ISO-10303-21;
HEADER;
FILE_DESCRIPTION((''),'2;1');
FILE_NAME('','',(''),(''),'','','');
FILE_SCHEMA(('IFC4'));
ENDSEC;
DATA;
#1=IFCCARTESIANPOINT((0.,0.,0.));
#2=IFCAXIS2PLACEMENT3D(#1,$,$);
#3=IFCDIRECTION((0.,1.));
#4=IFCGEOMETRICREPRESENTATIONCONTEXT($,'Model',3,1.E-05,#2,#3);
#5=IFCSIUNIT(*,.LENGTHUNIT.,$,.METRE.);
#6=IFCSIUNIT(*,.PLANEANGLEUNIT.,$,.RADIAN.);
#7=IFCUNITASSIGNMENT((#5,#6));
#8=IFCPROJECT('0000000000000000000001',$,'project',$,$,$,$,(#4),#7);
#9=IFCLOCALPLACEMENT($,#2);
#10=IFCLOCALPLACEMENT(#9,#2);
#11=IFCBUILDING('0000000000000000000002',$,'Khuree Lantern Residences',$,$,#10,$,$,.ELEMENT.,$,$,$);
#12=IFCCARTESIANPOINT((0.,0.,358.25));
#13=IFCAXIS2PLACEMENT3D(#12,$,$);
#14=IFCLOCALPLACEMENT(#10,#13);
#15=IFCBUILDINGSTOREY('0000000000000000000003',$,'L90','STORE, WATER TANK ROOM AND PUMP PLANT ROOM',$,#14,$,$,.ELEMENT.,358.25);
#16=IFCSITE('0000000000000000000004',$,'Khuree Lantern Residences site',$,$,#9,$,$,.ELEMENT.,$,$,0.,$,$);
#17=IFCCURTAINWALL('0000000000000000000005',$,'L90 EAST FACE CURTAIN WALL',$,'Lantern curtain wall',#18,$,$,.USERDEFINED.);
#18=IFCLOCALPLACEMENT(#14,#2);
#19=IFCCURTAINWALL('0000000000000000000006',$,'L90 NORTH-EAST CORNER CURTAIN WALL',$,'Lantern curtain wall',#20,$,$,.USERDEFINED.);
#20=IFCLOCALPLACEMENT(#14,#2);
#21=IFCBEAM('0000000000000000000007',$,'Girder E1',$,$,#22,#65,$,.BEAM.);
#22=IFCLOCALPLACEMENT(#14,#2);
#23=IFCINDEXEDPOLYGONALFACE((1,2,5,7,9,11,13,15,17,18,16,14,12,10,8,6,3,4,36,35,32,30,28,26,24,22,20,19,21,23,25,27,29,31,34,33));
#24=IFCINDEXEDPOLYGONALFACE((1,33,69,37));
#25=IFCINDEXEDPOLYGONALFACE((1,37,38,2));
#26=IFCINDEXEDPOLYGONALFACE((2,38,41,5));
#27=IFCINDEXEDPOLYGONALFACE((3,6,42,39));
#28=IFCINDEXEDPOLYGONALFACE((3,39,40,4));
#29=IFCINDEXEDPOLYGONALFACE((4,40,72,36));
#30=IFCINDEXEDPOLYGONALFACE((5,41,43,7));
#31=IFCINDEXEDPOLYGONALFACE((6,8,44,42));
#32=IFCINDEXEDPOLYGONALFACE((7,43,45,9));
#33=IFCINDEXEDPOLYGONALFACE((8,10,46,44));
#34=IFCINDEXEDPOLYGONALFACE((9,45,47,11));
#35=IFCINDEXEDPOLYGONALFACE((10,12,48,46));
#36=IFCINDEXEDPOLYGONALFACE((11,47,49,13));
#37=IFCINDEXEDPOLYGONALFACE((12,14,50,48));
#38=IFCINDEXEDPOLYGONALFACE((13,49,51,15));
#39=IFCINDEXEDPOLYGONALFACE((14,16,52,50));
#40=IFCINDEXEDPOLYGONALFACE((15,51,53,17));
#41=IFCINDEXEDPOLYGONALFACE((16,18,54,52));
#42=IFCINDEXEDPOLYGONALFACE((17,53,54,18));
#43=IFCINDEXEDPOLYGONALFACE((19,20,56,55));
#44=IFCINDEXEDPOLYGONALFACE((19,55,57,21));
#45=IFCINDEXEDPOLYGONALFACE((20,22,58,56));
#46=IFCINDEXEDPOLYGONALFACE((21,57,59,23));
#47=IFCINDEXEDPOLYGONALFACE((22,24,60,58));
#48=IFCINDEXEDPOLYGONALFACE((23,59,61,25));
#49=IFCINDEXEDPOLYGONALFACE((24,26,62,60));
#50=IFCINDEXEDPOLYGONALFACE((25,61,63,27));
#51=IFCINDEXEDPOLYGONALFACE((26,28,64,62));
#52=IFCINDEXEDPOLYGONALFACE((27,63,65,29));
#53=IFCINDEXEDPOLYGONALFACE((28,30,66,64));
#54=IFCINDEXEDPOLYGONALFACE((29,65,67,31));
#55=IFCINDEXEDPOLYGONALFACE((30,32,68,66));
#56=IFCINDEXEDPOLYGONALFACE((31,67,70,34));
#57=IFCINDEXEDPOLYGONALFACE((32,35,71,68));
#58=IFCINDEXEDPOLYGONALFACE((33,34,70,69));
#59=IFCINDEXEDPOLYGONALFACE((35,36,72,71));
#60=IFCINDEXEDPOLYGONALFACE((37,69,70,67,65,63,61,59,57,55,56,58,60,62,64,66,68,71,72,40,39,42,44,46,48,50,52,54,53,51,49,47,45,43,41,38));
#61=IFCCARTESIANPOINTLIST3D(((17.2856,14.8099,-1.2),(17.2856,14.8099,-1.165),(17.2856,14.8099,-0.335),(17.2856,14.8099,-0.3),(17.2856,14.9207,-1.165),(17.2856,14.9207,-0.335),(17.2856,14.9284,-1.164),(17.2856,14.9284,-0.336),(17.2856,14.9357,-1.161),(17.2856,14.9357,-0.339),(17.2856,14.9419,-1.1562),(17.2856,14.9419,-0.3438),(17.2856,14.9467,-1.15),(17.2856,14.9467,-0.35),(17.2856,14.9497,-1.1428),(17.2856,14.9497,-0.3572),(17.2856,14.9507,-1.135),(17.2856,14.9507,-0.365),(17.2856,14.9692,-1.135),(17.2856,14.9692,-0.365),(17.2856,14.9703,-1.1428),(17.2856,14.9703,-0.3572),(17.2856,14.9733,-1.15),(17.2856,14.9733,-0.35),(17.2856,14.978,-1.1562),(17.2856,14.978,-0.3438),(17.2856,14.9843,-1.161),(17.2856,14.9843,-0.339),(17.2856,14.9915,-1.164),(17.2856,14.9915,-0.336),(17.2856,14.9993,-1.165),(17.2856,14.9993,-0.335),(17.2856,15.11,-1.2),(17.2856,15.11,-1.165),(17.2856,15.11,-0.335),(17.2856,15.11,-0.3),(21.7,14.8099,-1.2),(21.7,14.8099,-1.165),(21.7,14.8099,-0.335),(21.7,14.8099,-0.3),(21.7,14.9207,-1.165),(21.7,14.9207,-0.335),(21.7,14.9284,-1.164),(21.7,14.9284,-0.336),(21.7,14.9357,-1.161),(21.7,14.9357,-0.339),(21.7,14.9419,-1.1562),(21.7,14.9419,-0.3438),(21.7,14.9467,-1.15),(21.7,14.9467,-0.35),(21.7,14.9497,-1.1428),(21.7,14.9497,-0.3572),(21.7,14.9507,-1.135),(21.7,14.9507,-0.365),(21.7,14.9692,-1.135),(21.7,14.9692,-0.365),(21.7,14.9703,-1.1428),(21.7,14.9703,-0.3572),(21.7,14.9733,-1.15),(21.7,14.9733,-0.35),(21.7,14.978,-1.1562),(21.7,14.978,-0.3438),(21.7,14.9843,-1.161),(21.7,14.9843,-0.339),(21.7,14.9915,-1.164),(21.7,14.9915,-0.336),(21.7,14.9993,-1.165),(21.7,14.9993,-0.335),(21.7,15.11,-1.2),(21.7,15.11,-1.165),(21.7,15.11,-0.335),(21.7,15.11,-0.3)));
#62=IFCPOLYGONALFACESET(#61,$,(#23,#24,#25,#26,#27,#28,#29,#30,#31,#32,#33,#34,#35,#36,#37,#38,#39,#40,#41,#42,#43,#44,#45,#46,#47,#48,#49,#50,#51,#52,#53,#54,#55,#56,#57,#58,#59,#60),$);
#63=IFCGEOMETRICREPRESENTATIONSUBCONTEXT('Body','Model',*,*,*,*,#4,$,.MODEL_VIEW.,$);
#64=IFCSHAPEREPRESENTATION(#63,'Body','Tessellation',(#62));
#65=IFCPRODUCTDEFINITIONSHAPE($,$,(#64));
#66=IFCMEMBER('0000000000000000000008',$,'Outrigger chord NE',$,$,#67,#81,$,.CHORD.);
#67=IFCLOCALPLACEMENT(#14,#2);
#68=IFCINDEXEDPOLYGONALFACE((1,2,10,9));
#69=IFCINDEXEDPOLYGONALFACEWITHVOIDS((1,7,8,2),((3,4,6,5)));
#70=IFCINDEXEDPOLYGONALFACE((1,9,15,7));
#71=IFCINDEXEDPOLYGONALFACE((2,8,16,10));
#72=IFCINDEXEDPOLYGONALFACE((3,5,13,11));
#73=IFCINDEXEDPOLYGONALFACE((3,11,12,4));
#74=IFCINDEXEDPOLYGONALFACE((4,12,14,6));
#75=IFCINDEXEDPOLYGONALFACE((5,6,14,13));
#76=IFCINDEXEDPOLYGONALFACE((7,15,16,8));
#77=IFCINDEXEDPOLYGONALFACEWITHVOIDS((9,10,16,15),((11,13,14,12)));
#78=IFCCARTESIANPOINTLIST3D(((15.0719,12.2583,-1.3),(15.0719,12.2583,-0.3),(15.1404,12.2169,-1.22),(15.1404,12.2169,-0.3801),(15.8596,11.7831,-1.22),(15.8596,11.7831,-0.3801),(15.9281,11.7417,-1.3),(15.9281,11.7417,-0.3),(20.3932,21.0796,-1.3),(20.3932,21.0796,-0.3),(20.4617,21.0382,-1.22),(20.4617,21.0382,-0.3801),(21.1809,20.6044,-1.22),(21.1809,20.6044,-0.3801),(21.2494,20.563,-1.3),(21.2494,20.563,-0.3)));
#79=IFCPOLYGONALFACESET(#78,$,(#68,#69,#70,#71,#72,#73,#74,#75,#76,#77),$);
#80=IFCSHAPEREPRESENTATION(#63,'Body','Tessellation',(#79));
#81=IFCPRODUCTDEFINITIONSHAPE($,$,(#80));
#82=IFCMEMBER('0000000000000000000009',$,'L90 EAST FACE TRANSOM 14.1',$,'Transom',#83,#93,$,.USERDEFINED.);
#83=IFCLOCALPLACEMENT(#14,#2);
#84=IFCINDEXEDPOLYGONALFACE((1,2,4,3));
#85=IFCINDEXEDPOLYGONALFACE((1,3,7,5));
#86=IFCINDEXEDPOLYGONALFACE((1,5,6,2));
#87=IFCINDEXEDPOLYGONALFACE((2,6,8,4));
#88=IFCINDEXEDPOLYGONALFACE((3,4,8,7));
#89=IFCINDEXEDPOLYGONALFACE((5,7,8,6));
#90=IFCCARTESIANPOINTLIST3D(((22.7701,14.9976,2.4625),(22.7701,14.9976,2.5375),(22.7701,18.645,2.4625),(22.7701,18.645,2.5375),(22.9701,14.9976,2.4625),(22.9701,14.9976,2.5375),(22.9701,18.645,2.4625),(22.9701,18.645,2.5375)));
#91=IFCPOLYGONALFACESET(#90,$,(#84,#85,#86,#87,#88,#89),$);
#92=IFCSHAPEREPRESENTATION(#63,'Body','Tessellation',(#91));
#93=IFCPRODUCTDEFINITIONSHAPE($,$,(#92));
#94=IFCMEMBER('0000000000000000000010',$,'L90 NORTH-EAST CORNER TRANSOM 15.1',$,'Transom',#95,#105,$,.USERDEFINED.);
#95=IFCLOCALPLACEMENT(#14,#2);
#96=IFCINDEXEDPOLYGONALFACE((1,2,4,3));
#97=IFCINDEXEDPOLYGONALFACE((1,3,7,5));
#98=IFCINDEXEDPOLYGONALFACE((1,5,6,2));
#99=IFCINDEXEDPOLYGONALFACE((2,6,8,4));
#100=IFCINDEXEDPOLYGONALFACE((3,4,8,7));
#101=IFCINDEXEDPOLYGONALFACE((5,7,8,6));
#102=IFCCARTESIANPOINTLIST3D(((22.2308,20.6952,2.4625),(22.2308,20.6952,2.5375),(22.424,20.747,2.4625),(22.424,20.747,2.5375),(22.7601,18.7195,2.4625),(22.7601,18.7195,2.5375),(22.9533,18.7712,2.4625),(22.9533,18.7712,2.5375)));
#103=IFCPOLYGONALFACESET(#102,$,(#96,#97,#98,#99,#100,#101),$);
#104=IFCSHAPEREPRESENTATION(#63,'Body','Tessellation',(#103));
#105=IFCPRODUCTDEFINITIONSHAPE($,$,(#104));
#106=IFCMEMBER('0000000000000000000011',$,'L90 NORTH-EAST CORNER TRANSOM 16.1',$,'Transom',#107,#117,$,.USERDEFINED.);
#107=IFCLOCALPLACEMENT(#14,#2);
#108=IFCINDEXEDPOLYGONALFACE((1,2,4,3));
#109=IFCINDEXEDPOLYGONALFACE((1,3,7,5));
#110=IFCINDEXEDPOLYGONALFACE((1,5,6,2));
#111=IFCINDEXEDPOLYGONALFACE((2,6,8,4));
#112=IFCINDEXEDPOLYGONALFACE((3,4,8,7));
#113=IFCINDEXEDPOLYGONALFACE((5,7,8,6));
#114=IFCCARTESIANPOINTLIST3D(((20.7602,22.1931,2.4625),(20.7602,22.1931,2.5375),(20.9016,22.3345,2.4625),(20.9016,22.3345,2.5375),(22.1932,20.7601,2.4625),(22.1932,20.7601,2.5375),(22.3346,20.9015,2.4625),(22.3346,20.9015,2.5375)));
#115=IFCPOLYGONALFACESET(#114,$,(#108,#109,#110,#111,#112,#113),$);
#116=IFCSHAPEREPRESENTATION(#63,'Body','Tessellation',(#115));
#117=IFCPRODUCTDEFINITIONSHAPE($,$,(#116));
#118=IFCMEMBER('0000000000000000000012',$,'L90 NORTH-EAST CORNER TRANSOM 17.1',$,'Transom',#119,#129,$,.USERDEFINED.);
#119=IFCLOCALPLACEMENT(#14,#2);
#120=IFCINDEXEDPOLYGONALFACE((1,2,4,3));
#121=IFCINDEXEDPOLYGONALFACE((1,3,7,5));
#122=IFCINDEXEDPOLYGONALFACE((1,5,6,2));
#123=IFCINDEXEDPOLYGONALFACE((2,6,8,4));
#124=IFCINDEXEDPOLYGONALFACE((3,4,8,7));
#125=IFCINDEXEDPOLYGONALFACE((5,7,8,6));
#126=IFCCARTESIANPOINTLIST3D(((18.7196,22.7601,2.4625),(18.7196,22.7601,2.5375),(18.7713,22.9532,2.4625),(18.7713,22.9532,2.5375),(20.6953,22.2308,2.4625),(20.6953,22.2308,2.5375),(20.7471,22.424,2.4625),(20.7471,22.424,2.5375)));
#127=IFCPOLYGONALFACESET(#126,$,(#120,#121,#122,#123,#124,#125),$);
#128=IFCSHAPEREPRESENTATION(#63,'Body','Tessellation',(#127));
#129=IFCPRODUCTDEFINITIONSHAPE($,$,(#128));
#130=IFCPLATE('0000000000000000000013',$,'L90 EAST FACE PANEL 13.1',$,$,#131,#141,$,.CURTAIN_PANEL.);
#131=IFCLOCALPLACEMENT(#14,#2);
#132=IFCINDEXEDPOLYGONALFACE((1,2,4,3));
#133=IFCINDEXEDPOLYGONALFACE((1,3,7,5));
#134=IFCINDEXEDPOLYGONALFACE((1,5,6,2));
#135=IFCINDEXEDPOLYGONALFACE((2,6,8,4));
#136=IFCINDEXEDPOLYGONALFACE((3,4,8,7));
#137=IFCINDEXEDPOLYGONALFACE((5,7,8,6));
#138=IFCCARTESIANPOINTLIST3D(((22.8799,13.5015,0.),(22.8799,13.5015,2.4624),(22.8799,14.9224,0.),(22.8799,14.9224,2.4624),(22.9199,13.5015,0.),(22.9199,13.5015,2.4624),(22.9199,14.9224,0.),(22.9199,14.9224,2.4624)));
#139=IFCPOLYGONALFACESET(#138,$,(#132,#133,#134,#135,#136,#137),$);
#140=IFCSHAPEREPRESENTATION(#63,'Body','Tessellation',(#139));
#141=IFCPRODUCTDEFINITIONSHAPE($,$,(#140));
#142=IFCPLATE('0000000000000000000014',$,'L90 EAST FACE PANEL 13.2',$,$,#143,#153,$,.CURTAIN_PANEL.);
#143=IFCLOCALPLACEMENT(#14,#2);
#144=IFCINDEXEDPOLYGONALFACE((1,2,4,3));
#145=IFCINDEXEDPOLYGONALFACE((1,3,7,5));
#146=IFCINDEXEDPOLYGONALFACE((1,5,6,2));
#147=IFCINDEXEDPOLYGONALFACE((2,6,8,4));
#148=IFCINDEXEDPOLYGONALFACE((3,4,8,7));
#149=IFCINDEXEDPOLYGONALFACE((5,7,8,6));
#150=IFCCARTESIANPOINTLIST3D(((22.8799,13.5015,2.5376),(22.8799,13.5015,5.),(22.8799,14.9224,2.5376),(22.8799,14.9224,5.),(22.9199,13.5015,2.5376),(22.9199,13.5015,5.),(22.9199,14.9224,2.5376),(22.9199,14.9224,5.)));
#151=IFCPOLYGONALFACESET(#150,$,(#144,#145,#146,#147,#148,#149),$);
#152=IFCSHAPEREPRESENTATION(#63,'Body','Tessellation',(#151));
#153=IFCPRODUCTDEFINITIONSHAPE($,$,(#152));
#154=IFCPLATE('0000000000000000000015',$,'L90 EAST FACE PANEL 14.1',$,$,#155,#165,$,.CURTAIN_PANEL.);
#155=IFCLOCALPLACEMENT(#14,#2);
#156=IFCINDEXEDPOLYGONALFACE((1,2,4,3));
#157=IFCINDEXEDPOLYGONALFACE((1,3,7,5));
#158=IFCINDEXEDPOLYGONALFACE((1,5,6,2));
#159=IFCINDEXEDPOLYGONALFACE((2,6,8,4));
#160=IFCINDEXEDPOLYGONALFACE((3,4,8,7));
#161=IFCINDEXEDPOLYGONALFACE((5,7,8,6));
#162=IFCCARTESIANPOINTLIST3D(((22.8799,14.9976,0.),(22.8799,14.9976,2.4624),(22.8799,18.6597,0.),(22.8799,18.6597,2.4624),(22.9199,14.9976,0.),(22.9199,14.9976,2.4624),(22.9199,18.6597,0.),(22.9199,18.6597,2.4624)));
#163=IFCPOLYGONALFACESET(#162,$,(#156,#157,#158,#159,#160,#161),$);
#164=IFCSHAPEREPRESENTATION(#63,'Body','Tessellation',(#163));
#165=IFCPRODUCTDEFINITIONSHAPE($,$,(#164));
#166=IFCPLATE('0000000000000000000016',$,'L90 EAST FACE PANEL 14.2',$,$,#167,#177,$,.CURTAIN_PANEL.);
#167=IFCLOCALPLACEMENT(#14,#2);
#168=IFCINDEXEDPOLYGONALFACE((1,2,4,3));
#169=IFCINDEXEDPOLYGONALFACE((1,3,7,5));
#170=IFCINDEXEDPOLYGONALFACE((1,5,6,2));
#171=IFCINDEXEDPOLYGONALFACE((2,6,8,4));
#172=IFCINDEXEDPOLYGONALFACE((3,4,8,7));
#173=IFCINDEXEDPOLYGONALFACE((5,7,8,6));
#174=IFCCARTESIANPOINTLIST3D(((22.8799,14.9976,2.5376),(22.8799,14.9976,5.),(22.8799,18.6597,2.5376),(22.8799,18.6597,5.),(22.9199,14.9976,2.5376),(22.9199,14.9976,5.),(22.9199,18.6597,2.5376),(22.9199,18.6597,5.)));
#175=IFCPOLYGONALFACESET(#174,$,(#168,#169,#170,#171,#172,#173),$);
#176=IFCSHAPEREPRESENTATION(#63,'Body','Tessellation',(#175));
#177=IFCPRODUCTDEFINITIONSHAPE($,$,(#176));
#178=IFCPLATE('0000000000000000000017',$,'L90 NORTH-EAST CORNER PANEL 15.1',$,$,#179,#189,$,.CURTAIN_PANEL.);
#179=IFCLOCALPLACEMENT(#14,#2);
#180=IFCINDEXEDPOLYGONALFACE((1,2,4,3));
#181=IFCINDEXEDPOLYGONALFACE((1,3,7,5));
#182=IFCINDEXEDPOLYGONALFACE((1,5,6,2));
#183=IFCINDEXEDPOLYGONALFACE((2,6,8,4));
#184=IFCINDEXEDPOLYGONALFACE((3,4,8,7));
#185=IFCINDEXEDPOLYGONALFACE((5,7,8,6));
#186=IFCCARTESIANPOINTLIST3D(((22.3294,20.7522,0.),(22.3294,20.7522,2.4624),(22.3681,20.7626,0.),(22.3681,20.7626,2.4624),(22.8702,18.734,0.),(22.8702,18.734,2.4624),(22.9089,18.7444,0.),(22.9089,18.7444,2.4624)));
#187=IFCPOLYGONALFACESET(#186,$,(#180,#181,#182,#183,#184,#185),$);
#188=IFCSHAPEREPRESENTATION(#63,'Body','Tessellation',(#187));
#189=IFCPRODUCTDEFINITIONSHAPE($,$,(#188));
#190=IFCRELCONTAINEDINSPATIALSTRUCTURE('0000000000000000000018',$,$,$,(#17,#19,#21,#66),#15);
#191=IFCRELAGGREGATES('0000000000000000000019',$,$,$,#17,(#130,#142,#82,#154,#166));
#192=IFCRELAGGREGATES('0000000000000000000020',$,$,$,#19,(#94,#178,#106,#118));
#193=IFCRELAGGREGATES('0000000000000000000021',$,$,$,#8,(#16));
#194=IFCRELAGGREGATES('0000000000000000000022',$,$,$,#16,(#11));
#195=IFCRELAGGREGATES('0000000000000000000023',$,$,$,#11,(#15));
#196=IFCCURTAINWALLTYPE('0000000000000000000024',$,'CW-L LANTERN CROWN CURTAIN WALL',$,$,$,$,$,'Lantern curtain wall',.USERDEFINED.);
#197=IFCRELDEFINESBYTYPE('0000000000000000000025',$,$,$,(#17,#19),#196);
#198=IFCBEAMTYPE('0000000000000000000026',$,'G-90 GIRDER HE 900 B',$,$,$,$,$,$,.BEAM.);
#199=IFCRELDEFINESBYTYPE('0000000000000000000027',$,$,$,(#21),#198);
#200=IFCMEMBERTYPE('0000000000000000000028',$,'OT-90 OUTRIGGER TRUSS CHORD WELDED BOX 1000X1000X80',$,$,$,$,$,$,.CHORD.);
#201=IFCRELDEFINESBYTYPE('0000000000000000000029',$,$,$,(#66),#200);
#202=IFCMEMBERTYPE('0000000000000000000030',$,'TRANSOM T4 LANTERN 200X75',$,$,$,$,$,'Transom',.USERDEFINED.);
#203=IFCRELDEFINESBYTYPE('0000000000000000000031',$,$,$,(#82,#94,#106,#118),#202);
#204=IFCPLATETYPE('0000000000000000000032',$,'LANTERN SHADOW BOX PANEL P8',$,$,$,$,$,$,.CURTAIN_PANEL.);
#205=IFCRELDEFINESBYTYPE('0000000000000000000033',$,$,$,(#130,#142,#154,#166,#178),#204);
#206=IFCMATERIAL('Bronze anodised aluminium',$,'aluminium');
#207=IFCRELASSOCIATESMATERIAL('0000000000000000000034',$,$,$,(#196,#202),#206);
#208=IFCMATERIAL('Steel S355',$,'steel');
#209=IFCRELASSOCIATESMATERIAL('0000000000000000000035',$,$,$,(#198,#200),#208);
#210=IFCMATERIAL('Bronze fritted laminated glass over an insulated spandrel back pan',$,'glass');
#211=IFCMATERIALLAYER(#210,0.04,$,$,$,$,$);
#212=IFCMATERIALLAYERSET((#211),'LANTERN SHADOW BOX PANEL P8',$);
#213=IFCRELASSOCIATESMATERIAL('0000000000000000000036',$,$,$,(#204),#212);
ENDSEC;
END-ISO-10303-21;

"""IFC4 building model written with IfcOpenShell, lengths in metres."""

from ifc_helpers import new_model, si_unit, direction, frame, origin, origin_2d, place, context, subcontext, project, spatial, rectangle, hollow_rectangle, i_section, extrude, material, layer, layer_set, material_profile, profile_set, type_object, element, aggregate, save


model = new_model("IFC4")

# Units and contexts
model_context = context("Model", 3, precision=1e-05, world=origin(), true_north=direction((0.0, 1.0)))
body_context = subcontext(model_context, "Body", "Model", "MODEL_VIEW")
ifc_project = project(units=[si_unit("LENGTHUNIT", "METRE"), si_unit("PLANEANGLEUNIT", "RADIAN")], contexts=[model_context])

# Site, building, storey
site_placement = place(None, origin())
site = spatial("IfcSite", under=ifc_project, at=site_placement, Name="Khuree Lantern Residences site", CompositionType="ELEMENT", RefElevation=0.0)
building_placement = place(site_placement, origin())
building = spatial("IfcBuilding", under=site, at=building_placement, Name="Khuree Lantern Residences", CompositionType="ELEMENT")
storey_placement = place(building_placement, frame((0.0, 0.0, 358.25)))
storey = spatial("IfcBuildingStorey", under=building, at=storey_placement, Name="L90", Description="STORE, WATER TANK ROOM AND PUMP PLANT ROOM", CompositionType="ELEMENT", Elevation=358.25)

# Shared definitions
ifc_material_1 = material(Name="Steel S355", Category="steel")

# Curtain wall
ifc_material_2 = material(Name="Bronze anodised aluminium", Category="aluminium")
curtain_wall_type = type_object("IfcCurtainWallType", Name="CW-L LANTERN CROWN CURTAIN WALL", ElementType="Lantern curtain wall", PredefinedType="USERDEFINED", material=ifc_material_2)
curtain_wall_1_placement = place(storey_placement, origin())
curtain_wall_1 = element("IfcCurtainWall", 1, at=curtain_wall_1_placement, inside=storey, type_object=curtain_wall_type, Name="L90 EAST FACE CURTAIN WALL", ObjectType="Lantern curtain wall", PredefinedType="USERDEFINED")

# Curtain wall
curtain_wall_2_placement = place(storey_placement, origin())
curtain_wall_2 = element("IfcCurtainWall", 2, at=curtain_wall_2_placement, inside=storey, type_object=curtain_wall_type, Name="L90 NORTH-EAST CORNER CURTAIN WALL", ObjectType="Lantern curtain wall", PredefinedType="USERDEFINED")

# Beam
ifc_material_profile_1 = material_profile(ifc_material_1, i_section(OverallWidth=0.3, OverallDepth=0.8999, WebThickness=0.0186, FlangeThickness=0.0349, FilletRadius=0.03, at=origin_2d()), Name="HE 900 B")
ifc_profile_set_1 = profile_set([ifc_material_profile_1], Name="Steel S355")
beam_type_1 = type_object("IfcBeamType", Name="G-90 GIRDER HE 900 B", PredefinedType="BEAM", material=ifc_profile_set_1)
beam_1_placement = place(storey_placement, frame((21.7, 14.96, -0.75), z_axis=(-1.0, 0.0, 0.0), x_axis=(0.0, -1.0, 0.0)))
element("IfcBeam", 3, at=beam_1_placement, inside=storey, type_object=beam_type_1, Name="Girder E1", PredefinedType="BEAM", context=body_context, shape_type="SweptSolid", body=[
    extrude(i_section(OverallWidth=0.3, OverallDepth=0.8999, WebThickness=0.0186, FlangeThickness=0.0349, FilletRadius=0.03, at=origin_2d()), origin(), (0.0, 0.0, 1.0), 4.4143),
])

# Members
ifc_material_profile_2 = material_profile(ifc_material_1, hollow_rectangle(XDim=1.0, YDim=1.0, WallThickness=0.0801, at=origin_2d()), Name="WELDED BOX 1000X1000X80")
ifc_profile_set_2 = profile_set([ifc_material_profile_2], Name="Steel S355")
member_type_1 = type_object("IfcMemberType", Name="OT-90 OUTRIGGER TRUSS CHORD WELDED BOX 1000X1000X80", PredefinedType="CHORD", material=ifc_profile_set_2)
member_1_placement = place(storey_placement, frame((20.8213, 20.8213, -0.8), z_axis=(-0.51653, -0.856269, 0.0), x_axis=(0.856269, -0.51653, 0.0)))
element("IfcMember", 4, at=member_1_placement, inside=storey, type_object=member_type_1, Name="Outrigger chord NE", PredefinedType="CHORD", context=body_context, shape_type="SweptSolid", body=[
    extrude(hollow_rectangle(XDim=1.0, YDim=1.0, WallThickness=0.0801, at=origin_2d()), origin(), (0.0, 0.0, 1.0), 10.302),
])
ifc_material_profile_3 = material_profile(ifc_material_2, rectangle(XDim=0.2, YDim=0.075, at=origin_2d()), Name="T4 200X75")
ifc_profile_set_3 = profile_set([ifc_material_profile_3], Name="Bronze anodised aluminium")
member_type_2 = type_object("IfcMemberType", Name="TRANSOM T4 LANTERN 200X75", ElementType="Transom", PredefinedType="USERDEFINED", material=ifc_profile_set_3)
member_2_placement = place(storey_placement, frame((22.8701, 14.9976, 2.5), z_axis=(0.0, 1.0, 0.0), x_axis=(-1.0, 0.0, 0.0)))
member_2 = element("IfcMember", 5, at=member_2_placement, type_object=member_type_2, Name="L90 EAST FACE TRANSOM 14.1", ObjectType="Transom", PredefinedType="USERDEFINED", context=body_context, shape_type="SweptSolid", body=[
    extrude(rectangle(XDim=0.2, YDim=0.075, at=origin_2d()), origin(), (0.0, 0.0, 1.0), 3.6475),
])
member_3_placement = place(storey_placement, frame((22.8567, 18.7454, 2.5), z_axis=(-0.258762, 0.965941, 0.0), x_axis=(-0.965941, -0.258762, 0.0)))
member_3 = element("IfcMember", 6, at=member_3_placement, type_object=member_type_2, Name="L90 NORTH-EAST CORNER TRANSOM 15.1", ObjectType="Transom", PredefinedType="USERDEFINED", context=body_context, shape_type="SweptSolid", body=[
    extrude(rectangle(XDim=0.2, YDim=0.075, at=origin_2d()), origin(), (0.0, 0.0, 1.0), 2.0454),
])
member_4_placement = place(storey_placement, frame((22.2639, 20.8308, 2.5), z_axis=(-0.707107, 0.707107, 0.0), x_axis=(-0.707107, -0.707107, 0.0)))
member_4 = element("IfcMember", 7, at=member_4_placement, type_object=member_type_2, Name="L90 NORTH-EAST CORNER TRANSOM 16.1", ObjectType="Transom", PredefinedType="USERDEFINED", context=body_context, shape_type="SweptSolid", body=[
    extrude(rectangle(XDim=0.2, YDim=0.075, at=origin_2d()), origin(), (0.0, 0.0, 1.0), 2.0266),
])
member_5_placement = place(storey_placement, frame((20.7212, 22.3274, 2.5), z_axis=(-0.965941, 0.258762, 0.0), x_axis=(-0.258762, -0.965941, 0.0)))
member_5 = element("IfcMember", 8, at=member_5_placement, type_object=member_type_2, Name="L90 NORTH-EAST CORNER TRANSOM 17.1", ObjectType="Transom", PredefinedType="USERDEFINED", context=body_context, shape_type="SweptSolid", body=[
    extrude(rectangle(XDim=0.2, YDim=0.075, at=origin_2d()), origin(), (0.0, 0.0, 1.0), 2.0454),
])

# Plates
ifc_material_3 = material(Name="Bronze fritted laminated glass over an insulated spandrel back pan", Category="glass")
ifc_layer = layer(ifc_material_3, 0.04)
ifc_layer_set = layer_set([ifc_layer], Name="LANTERN SHADOW BOX PANEL P8")
plate_type = type_object("IfcPlateType", Name="LANTERN SHADOW BOX PANEL P8", PredefinedType="CURTAIN_PANEL", material=ifc_layer_set)
plate_1_placement = place(storey_placement, frame((22.8999, 14.2119, 0.0), z_axis=(0.0, 0.0, 1.0), x_axis=(0.0, 1.0, 0.0)))
plate_1 = element("IfcPlate", 9, at=plate_1_placement, type_object=plate_type, Name="L90 EAST FACE PANEL 13.1", PredefinedType="CURTAIN_PANEL", context=body_context, shape_type="SweptSolid", body=[
    extrude(rectangle(XDim=1.4209, YDim=0.04, at=origin_2d()), origin(), (0.0, 0.0, 1.0), 2.4624),
])
plate_2_placement = place(storey_placement, frame((22.8999, 14.2119, 2.5376), z_axis=(0.0, 0.0, 1.0), x_axis=(0.0, 1.0, 0.0)))
plate_2 = element("IfcPlate", 10, at=plate_2_placement, type_object=plate_type, Name="L90 EAST FACE PANEL 13.2", PredefinedType="CURTAIN_PANEL", context=body_context, shape_type="SweptSolid", body=[
    extrude(rectangle(XDim=1.4209, YDim=0.04, at=origin_2d()), origin(), (0.0, 0.0, 1.0), 2.4624),
])
plate_3_placement = place(storey_placement, frame((22.8999, 16.8286, 0.0), z_axis=(0.0, 0.0, 1.0), x_axis=(0.0, 1.0, 0.0)))
plate_3 = element("IfcPlate", 11, at=plate_3_placement, type_object=plate_type, Name="L90 EAST FACE PANEL 14.1", PredefinedType="CURTAIN_PANEL", context=body_context, shape_type="SweptSolid", body=[
    extrude(rectangle(XDim=3.6621, YDim=0.04, at=origin_2d()), origin(), (0.0, 0.0, 1.0), 2.4624),
])
plate_4_placement = place(storey_placement, frame((22.8999, 16.8286, 2.5376), z_axis=(0.0, 0.0, 1.0), x_axis=(0.0, 1.0, 0.0)))
plate_4 = element("IfcPlate", 12, at=plate_4_placement, type_object=plate_type, Name="L90 EAST FACE PANEL 14.2", PredefinedType="CURTAIN_PANEL", context=body_context, shape_type="SweptSolid", body=[
    extrude(rectangle(XDim=3.6621, YDim=0.04, at=origin_2d()), origin(), (0.0, 0.0, 1.0), 2.4624),
])
aggregate(curtain_wall_1, [plate_1, plate_2, member_2, plate_3, plate_4])
plate_5_placement = place(storey_placement, frame((22.6191, 19.7483, 0.0), z_axis=(0.0, 0.0, 1.0), x_axis=(-0.258819, 0.965926, 0.0)))
plate_5 = element("IfcPlate", 13, at=plate_5_placement, type_object=plate_type, Name="L90 NORTH-EAST CORNER PANEL 15.1", PredefinedType="CURTAIN_PANEL", context=body_context, shape_type="SweptSolid", body=[
    extrude(rectangle(XDim=2.0894, YDim=0.04, at=origin_2d()), origin(), (0.0, 0.0, 1.0), 2.4624),
])
aggregate(curtain_wall_2, [member_3, plate_5, member_4, member_5])

save(model, "model.ifc")
